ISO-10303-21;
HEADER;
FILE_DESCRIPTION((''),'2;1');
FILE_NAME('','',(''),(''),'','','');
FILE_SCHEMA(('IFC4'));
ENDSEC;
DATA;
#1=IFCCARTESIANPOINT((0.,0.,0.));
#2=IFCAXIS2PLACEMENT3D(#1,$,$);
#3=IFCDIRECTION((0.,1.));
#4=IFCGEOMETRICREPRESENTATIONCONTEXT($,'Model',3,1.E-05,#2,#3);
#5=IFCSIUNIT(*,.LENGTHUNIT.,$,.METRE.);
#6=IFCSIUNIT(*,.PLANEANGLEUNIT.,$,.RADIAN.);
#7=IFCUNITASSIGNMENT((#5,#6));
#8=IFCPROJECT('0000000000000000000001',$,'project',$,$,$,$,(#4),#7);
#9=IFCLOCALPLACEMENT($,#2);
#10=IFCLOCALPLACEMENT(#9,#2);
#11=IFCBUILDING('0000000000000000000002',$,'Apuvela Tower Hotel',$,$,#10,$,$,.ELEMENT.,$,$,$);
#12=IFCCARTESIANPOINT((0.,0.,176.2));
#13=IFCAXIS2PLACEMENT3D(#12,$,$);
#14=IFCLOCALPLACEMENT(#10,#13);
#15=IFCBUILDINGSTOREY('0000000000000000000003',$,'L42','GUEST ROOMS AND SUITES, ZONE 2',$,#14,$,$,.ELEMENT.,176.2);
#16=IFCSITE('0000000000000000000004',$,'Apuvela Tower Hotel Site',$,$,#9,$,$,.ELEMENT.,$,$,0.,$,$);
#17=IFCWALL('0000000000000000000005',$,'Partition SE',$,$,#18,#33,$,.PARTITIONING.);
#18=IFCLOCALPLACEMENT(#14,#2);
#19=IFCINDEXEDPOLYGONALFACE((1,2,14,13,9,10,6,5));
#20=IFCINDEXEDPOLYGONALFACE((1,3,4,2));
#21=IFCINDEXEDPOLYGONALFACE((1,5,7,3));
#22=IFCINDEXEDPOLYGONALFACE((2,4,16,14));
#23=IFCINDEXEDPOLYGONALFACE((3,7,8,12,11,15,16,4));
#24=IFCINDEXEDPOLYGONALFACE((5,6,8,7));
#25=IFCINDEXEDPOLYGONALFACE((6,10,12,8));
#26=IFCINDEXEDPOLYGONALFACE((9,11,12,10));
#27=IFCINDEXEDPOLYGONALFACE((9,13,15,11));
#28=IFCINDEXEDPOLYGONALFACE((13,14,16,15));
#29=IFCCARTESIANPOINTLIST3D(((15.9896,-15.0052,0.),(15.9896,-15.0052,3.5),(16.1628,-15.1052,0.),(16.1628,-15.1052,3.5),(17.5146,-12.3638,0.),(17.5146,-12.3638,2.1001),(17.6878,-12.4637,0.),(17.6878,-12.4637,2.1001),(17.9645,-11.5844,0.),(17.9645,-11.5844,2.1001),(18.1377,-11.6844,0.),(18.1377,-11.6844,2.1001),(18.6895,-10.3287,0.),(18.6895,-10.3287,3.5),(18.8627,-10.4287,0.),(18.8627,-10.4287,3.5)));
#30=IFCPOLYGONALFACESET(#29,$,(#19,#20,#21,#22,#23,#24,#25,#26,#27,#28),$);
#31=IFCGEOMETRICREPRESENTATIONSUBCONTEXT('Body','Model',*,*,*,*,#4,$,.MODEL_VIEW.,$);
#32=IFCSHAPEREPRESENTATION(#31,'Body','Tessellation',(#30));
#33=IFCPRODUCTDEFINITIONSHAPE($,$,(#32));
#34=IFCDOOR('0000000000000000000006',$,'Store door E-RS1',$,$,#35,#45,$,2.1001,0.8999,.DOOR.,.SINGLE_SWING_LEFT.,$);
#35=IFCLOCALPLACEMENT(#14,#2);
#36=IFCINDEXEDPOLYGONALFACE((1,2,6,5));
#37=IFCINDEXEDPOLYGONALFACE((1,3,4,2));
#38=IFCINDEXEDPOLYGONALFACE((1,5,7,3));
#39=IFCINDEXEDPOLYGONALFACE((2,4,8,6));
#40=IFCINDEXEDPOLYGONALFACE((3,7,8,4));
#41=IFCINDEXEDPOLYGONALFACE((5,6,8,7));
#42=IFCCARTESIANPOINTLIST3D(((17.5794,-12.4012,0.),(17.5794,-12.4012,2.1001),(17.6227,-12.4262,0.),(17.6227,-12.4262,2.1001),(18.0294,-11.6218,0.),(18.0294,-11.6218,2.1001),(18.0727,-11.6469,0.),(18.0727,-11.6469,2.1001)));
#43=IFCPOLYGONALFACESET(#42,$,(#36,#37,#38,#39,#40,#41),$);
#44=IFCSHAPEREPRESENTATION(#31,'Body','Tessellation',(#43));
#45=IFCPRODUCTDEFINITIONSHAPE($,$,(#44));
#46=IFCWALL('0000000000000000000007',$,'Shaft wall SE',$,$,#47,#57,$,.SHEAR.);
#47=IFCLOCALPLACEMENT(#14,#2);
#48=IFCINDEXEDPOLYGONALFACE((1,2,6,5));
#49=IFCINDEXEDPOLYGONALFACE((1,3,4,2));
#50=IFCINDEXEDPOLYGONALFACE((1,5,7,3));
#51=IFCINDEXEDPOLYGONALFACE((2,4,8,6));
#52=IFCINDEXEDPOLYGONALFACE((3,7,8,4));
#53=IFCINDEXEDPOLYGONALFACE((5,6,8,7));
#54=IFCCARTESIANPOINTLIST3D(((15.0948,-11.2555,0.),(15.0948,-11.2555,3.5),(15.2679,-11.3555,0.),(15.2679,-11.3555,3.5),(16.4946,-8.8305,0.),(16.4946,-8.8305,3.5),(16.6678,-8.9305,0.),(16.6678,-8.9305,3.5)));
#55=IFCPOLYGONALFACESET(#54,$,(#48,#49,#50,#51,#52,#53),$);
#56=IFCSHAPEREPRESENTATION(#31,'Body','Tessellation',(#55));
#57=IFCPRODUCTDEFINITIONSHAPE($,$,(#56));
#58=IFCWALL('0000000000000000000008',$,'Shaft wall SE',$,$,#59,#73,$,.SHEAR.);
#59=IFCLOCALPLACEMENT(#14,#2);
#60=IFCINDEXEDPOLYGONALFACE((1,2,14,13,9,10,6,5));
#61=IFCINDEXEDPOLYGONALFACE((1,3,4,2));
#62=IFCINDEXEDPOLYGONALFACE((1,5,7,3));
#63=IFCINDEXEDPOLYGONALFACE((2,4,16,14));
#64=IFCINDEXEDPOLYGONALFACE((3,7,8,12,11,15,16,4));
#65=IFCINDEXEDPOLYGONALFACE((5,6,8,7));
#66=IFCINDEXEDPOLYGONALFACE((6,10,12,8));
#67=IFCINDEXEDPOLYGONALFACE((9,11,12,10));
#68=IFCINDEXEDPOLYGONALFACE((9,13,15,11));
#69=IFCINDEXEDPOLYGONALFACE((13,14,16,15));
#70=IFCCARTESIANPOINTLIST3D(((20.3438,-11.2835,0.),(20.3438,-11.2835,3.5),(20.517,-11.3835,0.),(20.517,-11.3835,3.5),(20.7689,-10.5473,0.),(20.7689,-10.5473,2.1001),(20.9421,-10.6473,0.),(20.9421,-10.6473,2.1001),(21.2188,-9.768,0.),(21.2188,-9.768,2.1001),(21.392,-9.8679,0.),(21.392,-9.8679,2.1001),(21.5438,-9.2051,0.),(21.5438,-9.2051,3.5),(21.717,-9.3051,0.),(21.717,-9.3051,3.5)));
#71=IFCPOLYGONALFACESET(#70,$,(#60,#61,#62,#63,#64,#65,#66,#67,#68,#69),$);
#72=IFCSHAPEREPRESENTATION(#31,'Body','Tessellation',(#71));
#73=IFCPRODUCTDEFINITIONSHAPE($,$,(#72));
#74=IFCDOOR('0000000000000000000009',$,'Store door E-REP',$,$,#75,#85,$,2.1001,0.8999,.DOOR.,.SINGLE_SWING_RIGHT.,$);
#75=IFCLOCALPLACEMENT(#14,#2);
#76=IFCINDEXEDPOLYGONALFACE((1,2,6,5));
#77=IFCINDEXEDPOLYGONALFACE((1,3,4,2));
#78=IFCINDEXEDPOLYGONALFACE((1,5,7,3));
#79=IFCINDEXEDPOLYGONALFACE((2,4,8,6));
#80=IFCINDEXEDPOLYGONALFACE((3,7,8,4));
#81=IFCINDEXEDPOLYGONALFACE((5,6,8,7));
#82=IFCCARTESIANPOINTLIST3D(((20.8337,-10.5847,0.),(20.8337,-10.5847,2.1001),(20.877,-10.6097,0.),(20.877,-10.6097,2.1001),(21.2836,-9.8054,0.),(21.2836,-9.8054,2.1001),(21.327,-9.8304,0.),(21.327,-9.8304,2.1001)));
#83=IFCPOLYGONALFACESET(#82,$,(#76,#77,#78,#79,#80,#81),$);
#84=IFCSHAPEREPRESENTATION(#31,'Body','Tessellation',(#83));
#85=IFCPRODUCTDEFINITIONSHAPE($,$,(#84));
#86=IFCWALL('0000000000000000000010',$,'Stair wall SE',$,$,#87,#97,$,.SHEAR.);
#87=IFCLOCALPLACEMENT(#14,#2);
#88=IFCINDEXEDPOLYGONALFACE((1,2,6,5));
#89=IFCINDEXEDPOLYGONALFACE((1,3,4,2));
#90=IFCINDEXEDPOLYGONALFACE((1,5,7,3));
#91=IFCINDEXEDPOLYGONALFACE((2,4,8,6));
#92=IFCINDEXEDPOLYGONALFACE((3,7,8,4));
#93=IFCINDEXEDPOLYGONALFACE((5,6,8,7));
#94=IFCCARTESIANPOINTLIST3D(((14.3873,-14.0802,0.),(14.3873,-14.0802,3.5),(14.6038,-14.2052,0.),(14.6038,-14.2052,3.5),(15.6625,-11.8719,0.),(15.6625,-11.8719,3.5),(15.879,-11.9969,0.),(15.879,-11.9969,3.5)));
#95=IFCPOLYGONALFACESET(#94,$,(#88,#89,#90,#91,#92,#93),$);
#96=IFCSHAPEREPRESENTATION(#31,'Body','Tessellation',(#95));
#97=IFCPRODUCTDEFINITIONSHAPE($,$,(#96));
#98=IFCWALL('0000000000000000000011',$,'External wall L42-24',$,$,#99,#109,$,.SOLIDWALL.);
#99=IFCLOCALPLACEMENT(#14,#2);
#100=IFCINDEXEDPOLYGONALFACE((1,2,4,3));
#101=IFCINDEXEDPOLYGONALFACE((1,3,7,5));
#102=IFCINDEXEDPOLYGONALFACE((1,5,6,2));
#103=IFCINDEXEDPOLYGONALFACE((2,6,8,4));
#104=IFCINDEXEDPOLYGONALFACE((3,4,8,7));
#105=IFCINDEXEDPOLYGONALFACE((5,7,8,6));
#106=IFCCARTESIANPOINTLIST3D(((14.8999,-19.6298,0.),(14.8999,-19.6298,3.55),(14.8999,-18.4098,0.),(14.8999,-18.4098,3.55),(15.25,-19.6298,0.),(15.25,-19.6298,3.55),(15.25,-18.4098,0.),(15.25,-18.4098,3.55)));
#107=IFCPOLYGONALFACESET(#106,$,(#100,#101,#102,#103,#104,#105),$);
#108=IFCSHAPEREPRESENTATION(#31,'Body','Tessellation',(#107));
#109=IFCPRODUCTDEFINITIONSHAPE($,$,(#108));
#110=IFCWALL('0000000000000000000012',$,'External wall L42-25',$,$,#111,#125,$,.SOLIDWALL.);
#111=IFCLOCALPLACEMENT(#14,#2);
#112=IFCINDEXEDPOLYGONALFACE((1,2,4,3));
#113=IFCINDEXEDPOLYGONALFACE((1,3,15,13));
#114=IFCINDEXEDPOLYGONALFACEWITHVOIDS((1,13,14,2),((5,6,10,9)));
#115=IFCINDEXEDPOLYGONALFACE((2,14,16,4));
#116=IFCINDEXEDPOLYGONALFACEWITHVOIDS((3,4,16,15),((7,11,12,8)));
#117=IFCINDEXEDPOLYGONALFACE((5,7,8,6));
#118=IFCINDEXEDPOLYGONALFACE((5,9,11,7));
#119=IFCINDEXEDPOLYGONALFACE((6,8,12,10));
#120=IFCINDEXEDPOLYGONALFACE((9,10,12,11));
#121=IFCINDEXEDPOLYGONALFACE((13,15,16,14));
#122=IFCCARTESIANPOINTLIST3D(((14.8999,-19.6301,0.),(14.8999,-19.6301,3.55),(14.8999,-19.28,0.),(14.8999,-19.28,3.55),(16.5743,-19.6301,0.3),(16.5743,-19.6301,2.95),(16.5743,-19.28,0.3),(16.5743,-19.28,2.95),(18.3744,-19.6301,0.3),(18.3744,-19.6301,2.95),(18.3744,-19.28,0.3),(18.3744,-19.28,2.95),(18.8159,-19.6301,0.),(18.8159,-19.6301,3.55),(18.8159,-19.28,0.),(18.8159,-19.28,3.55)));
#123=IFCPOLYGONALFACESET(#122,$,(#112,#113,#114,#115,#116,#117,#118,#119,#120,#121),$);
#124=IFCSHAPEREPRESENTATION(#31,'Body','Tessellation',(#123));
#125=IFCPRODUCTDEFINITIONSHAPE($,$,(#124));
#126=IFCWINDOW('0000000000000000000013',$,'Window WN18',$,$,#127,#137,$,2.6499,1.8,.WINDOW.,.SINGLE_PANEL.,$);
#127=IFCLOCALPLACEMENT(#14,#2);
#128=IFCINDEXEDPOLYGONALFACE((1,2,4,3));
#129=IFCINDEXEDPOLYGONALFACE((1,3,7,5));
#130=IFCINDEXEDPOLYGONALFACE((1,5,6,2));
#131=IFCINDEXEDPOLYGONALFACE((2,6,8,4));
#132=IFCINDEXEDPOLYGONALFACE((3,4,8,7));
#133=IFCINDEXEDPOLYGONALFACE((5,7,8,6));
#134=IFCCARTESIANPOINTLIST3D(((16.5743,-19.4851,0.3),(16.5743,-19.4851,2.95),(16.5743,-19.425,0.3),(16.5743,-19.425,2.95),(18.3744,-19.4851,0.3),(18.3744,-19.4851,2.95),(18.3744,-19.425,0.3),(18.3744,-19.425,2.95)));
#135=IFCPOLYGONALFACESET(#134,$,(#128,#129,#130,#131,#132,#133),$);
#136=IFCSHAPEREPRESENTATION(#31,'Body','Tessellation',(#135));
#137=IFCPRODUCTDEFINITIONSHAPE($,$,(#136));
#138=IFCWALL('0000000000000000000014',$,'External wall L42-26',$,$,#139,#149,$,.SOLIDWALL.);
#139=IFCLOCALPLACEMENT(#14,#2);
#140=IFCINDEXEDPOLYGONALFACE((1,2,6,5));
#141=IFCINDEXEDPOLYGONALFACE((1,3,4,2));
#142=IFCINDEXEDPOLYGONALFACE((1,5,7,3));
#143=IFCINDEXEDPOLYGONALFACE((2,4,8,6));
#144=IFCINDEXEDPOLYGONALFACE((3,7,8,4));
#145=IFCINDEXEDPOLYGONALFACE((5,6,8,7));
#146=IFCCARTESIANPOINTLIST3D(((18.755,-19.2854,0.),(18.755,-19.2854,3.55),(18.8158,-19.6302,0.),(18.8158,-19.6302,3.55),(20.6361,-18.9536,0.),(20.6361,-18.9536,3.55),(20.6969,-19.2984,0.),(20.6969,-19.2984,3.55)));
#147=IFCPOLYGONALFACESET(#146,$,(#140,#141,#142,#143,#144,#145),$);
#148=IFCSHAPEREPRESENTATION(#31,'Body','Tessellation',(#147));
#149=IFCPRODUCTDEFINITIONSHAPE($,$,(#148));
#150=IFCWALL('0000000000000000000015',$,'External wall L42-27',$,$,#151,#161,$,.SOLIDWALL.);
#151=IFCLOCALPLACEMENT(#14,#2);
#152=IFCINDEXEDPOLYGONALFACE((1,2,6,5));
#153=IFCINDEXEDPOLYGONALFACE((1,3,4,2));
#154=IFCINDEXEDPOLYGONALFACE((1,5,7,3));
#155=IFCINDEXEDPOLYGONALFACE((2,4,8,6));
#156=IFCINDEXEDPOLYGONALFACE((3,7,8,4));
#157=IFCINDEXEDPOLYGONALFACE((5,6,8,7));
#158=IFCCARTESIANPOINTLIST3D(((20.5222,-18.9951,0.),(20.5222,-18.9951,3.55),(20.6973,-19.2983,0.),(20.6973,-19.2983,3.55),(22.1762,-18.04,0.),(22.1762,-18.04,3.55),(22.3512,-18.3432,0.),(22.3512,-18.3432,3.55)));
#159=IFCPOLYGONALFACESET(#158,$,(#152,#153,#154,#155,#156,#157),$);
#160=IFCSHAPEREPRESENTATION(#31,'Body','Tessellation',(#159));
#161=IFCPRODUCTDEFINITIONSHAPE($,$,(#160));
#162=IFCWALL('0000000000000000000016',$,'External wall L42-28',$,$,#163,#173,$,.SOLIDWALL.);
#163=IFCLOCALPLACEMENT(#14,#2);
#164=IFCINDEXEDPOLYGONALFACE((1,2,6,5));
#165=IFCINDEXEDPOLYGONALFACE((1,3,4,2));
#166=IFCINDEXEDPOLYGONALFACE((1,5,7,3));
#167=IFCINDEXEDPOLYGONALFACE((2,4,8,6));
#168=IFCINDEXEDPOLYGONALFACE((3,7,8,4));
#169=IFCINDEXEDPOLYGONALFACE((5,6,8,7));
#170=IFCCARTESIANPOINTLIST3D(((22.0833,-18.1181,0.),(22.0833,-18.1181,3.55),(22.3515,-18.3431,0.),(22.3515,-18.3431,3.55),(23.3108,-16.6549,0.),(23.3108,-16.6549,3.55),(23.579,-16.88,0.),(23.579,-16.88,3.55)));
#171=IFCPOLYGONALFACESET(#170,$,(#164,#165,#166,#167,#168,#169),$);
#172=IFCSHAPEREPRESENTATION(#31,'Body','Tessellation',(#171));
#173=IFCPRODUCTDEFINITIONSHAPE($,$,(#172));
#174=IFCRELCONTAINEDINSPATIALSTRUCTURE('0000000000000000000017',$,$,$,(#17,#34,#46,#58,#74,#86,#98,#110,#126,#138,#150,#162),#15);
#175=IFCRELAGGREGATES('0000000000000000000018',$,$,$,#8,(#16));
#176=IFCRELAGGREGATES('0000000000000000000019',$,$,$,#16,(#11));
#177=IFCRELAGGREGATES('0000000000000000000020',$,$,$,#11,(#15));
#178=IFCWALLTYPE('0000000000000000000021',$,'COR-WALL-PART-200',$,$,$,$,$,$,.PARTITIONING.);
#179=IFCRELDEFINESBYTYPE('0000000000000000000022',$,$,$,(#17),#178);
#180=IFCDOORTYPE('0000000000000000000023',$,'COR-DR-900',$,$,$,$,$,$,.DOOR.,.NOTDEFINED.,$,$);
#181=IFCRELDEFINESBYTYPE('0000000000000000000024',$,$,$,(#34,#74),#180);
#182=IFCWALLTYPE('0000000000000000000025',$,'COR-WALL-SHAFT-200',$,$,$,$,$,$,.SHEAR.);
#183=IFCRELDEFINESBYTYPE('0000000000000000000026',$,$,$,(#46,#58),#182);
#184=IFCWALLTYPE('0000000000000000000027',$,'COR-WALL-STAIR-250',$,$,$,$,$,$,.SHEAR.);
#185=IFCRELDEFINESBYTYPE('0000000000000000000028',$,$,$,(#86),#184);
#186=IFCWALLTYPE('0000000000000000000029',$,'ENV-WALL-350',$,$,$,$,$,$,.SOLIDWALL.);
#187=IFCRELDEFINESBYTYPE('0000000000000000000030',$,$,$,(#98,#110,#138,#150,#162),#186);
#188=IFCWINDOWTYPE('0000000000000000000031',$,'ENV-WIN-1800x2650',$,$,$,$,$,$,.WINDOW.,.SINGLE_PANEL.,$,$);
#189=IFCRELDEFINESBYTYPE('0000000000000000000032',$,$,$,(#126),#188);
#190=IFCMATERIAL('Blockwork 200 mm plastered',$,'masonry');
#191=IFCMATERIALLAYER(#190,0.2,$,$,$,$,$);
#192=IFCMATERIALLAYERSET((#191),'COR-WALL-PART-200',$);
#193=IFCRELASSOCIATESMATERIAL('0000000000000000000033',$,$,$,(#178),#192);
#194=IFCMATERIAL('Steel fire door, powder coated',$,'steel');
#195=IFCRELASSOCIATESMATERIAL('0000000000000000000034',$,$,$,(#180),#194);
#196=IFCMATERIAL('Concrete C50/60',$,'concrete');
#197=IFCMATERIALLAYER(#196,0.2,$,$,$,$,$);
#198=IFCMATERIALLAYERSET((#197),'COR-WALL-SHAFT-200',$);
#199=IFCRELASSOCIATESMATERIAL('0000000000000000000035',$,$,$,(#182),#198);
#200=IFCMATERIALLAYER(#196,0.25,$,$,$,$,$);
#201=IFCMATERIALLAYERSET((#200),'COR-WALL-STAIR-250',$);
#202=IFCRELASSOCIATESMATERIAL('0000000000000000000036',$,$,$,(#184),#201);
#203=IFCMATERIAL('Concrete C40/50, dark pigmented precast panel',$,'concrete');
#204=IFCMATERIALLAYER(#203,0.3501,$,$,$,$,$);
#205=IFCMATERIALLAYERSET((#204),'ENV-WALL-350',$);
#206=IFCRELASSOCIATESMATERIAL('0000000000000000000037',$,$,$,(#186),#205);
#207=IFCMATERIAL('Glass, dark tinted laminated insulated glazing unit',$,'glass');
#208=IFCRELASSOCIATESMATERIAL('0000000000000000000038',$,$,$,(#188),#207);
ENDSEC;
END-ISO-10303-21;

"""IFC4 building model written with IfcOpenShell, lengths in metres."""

from ifc_helpers import new_model, si_unit, direction, frame, frame_2d, origin, place, context, subcontext, project, spatial, rectangle, extrude, material, layer, layer_set, type_object, element, fill, save


model = new_model("IFC4")

# Units and contexts
model_context = context("Model", 3, precision=1e-05, world=origin(), true_north=direction((0.0, 1.0)))
body_context = subcontext(model_context, "Body", "Model", "MODEL_VIEW")
ifc_project = project(units=[si_unit("LENGTHUNIT", "METRE"), si_unit("PLANEANGLEUNIT", "RADIAN")], contexts=[model_context])

# Site, building, storey
site_placement = place(None, origin())
site = spatial("IfcSite", under=ifc_project, at=site_placement, Name="Apuvela Tower Hotel Site", CompositionType="ELEMENT", RefElevation=0.0)
building_placement = place(site_placement, origin())
building = spatial("IfcBuilding", under=site, at=building_placement, Name="Apuvela Tower Hotel", CompositionType="ELEMENT")
storey_placement = place(building_placement, frame((0.0, 0.0, 176.2)))
storey = spatial("IfcBuildingStorey", under=building, at=storey_placement, Name="L42", Description="GUEST ROOMS AND SUITES, ZONE 2", CompositionType="ELEMENT", Elevation=176.2)

# Wall, opening, door
ifc_material_1 = material(Name="Blockwork 200 mm plastered", Category="masonry")
ifc_layer_1 = layer(ifc_material_1, 0.2)
ifc_layer_set_1 = layer_set([ifc_layer_1], Name="COR-WALL-PART-200")
wall_type_1 = type_object("IfcWallType", Name="COR-WALL-PART-200", PredefinedType="PARTITIONING", material=ifc_layer_set_1)
wall_1_placement = place(storey_placement, frame((16.0762, -15.0552, 0.0), z_axis=(0.0, 0.0, 1.0), x_axis=(0.499995, 0.866028, 0.0)))
wall_1 = element("IfcWall", 1, at=wall_1_placement, inside=storey, type_object=wall_type_1, Name="Partition SE", PredefinedType="PARTITIONING", context=body_context, shape_type="SweptSolid", body=[
    extrude(rectangle(XDim=5.3999, YDim=0.2, at=frame_2d((2.7, 0.0))), origin(), (0.0, 0.0, 1.0), 3.5),
])
opening_1_placement = place(wall_1_placement, frame((3.05, 0.0, 0.0)))
opening_1 = element("IfcOpeningElement", 2, at=opening_1_placement, cuts=wall_1, PredefinedType="OPENING", context=body_context, shape_type="SweptSolid", body=[
    extrude(rectangle(XDim=0.8999, YDim=2.1001, at=frame_2d((0.45, 1.05))), frame((0.0, 0.1099, 0.0), z_axis=(0.0, -1.0, 0.0), x_axis=(1.0, 0.0, 0.0)), (0.0, 0.0, 1.0), 0.22),
])
ifc_material_2 = material(Name="Steel fire door, powder coated", Category="steel")
door_type_1 = type_object("IfcDoorType", Name="COR-DR-900", OperationType="NOTDEFINED", PredefinedType="DOOR", material=ifc_material_2)
door_1_placement = place(opening_1_placement, frame((0.8999, 0.0, 0.0), z_axis=(0.0, 0.0, 1.0), x_axis=(-1.0, 0.0, 0.0)))
door_1 = element("IfcDoor", 3, at=door_1_placement, inside=storey, type_object=door_type_1, Name="Store door E-RS1", OperationType="SINGLE_SWING_LEFT", OverallHeight=2.1001, OverallWidth=0.8999, PredefinedType="DOOR", context=body_context, shape_type="SweptSolid", body=[
    extrude(rectangle(XDim=0.8999, YDim=2.1001, at=frame_2d((0.45, 1.05))), frame((0.0, 0.0249, 0.0), z_axis=(0.0, -1.0, 0.0), x_axis=(1.0, 0.0, 0.0)), (0.0, 0.0, 1.0), 0.05),
])
fill(opening_1, door_1)

# Wall
ifc_material_3 = material(Name="Concrete C50/60", Category="concrete")
ifc_layer_2 = layer(ifc_material_3, 0.2)
ifc_layer_set_2 = layer_set([ifc_layer_2], Name="COR-WALL-SHAFT-200")
wall_type_2 = type_object("IfcWallType", Name="COR-WALL-SHAFT-200", PredefinedType="SHEAR", material=ifc_layer_set_2)
wall_2_placement = place(storey_placement, frame((15.1814, -11.3054, 0.0), z_axis=(0.0, 0.0, 1.0), x_axis=(0.499946, 0.866056, 0.0)))
element("IfcWall", 4, at=wall_2_placement, inside=storey, type_object=wall_type_2, Name="Shaft wall SE", PredefinedType="SHEAR", context=body_context, shape_type="SweptSolid", body=[
    extrude(rectangle(XDim=2.8, YDim=0.2, at=frame_2d((1.3999, 0.0))), origin(), (0.0, 0.0, 1.0), 3.5),
])

# Wall, opening, door
wall_3_placement = place(storey_placement, frame((20.4304, -11.3335, 0.0), z_axis=(0.0, 0.0, 1.0), x_axis=(0.500001, 0.866025, 0.0)))
wall_3 = element("IfcWall", 5, at=wall_3_placement, inside=storey, type_object=wall_type_2, Name="Shaft wall SE", PredefinedType="SHEAR", context=body_context, shape_type="SweptSolid", body=[
    extrude(rectangle(XDim=2.3999, YDim=0.2, at=frame_2d((1.2, 0.0))), origin(), (0.0, 0.0, 1.0), 3.5),
])
opening_2_placement = place(wall_3_placement, frame((0.8501, 0.0, 0.0)))
opening_2 = element("IfcOpeningElement", 6, at=opening_2_placement, cuts=wall_3, PredefinedType="OPENING", context=body_context, shape_type="SweptSolid", body=[
    extrude(rectangle(XDim=0.8999, YDim=2.1001, at=frame_2d((0.45, 1.05))), frame((0.0, 0.1099, 0.0), z_axis=(0.0, -1.0, 0.0), x_axis=(1.0, 0.0, 0.0)), (0.0, 0.0, 1.0), 0.22),
])
door_2_placement = place(opening_2_placement, frame((0.8999, 0.0, 0.0), z_axis=(0.0, 0.0, 1.0), x_axis=(-1.0, 0.0, 0.0)))
door_2 = element("IfcDoor", 7, at=door_2_placement, inside=storey, type_object=door_type_1, Name="Store door E-REP", OperationType="SINGLE_SWING_RIGHT", OverallHeight=2.1001, OverallWidth=0.8999, PredefinedType="DOOR", context=body_context, shape_type="SweptSolid", body=[
    extrude(rectangle(XDim=0.8999, YDim=2.1001, at=frame_2d((0.45, 1.05))), frame((0.0, 0.0249, 0.0), z_axis=(0.0, -1.0, 0.0), x_axis=(1.0, 0.0, 0.0)), (0.0, 0.0, 1.0), 0.05),
])
fill(opening_2, door_2)

# Walls
ifc_layer_3 = layer(ifc_material_3, 0.25)
ifc_layer_set_3 = layer_set([ifc_layer_3], Name="COR-WALL-STAIR-250")
wall_type_3 = type_object("IfcWallType", Name="COR-WALL-STAIR-250", PredefinedType="SHEAR", material=ifc_layer_set_3)
wall_4_placement = place(storey_placement, frame((14.4956, -14.1426, 0.0), z_axis=(0.0, 0.0, 1.0), x_axis=(0.500062, 0.865989, 0.0)))
element("IfcWall", 8, at=wall_4_placement, inside=storey, type_object=wall_type_3, Name="Stair wall SE", PredefinedType="SHEAR", context=body_context, shape_type="SweptSolid", body=[
    extrude(rectangle(XDim=2.55, YDim=0.25, at=frame_2d((1.2749, 0.0))), origin(), (0.0, 0.0, 1.0), 3.5),
])
ifc_material_4 = material(Name="Concrete C40/50, dark pigmented precast panel", Category="concrete")
ifc_layer_4 = layer(ifc_material_4, 0.3501)
ifc_layer_set_4 = layer_set([ifc_layer_4], Name="ENV-WALL-350")
wall_type_4 = type_object("IfcWallType", Name="ENV-WALL-350", PredefinedType="SOLIDWALL", material=ifc_layer_set_4)
wall_5_placement = place(storey_placement, frame((15.075, -18.4099, 0.0), z_axis=(0.0, 0.0, 1.0), x_axis=(0.0, -1.0, 0.0)))
element("IfcWall", 9, at=wall_5_placement, inside=storey, type_object=wall_type_4, Name="External wall L42-24", PredefinedType="SOLIDWALL", context=body_context, shape_type="SweptSolid", body=[
    extrude(rectangle(XDim=1.22, YDim=0.3501, at=frame_2d((0.6099, 0.0))), origin(), (0.0, 0.0, 1.0), 3.55),
])

# Wall, opening, window
wall_6_placement = place(storey_placement, frame((14.8999, -19.4551, 0.0), z_axis=(0.0, 0.0, 1.0), x_axis=(1.0, 0.0, 0.0)))
wall_6 = element("IfcWall", 10, at=wall_6_placement, inside=storey, type_object=wall_type_4, Name="External wall L42-25", PredefinedType="SOLIDWALL", context=body_context, shape_type="SweptSolid", body=[
    extrude(rectangle(XDim=3.916, YDim=0.3501, at=frame_2d((1.958, 0.0))), origin(), (0.0, 0.0, 1.0), 3.55),
])
opening_3_placement = place(wall_6_placement, frame((1.6746, 0.0, 0.3)))
opening_3 = element("IfcOpeningElement", 11, at=opening_3_placement, cuts=wall_6, PredefinedType="OPENING", context=body_context, shape_type="SweptSolid", body=[
    extrude(rectangle(XDim=1.8, YDim=2.6499, at=frame_2d((0.8999, 1.325))), frame((0.0, 0.1851, 0.0), z_axis=(0.0, -1.0, 0.0), x_axis=(1.0, 0.0, 0.0)), (0.0, 0.0, 1.0), 0.3701),
])
ifc_material_5 = material(Name="Glass, dark tinted laminated insulated glazing unit", Category="glass")
window_type = type_object("IfcWindowType", Name="ENV-WIN-1800x2650", PartitioningType="SINGLE_PANEL", PredefinedType="WINDOW", material=ifc_material_5)
window_placement = place(opening_3_placement, origin())
window = element("IfcWindow", 12, at=window_placement, inside=storey, type_object=window_type, Name="Window WN18", OverallHeight=2.6499, OverallWidth=1.8, PartitioningType="SINGLE_PANEL", PredefinedType="WINDOW", context=body_context, shape_type="SweptSolid", body=[
    extrude(rectangle(XDim=1.8, YDim=2.6499, at=frame_2d((0.8999, 1.325))), frame((0.0, 0.03, 0.0), z_axis=(0.0, -1.0, 0.0), x_axis=(1.0, 0.0, 0.0)), (0.0, 0.0, 1.0), 0.0601),
])
fill(opening_3, window)

# Walls
wall_7_placement = place(storey_placement, frame((18.7854, -19.4578, 0.0), z_axis=(0.0, 0.0, 1.0), x_axis=(0.984799, 0.173698, 0.0)))
element("IfcWall", 13, at=wall_7_placement, inside=storey, type_object=wall_type_4, Name="External wall L42-26", PredefinedType="SOLIDWALL", context=body_context, shape_type="SweptSolid", body=[
    extrude(rectangle(XDim=1.9102, YDim=0.3501, at=frame_2d((0.9551, 0.0))), origin(), (0.0, 0.0, 1.0), 3.55),
])
for number, where, z_axis, x_axis, name in (
    (14, (20.6096, -19.1467, 0.0), (0.0, 0.0, 1.0), (0.866, 0.500043, 0.0), "External wall L42-27"),
    (15, (22.2173, -18.2307, 0.0), (0.0, 0.0, 1.0), (0.642733, 0.76609, 0.0), "External wall L42-28"),
):
    element("IfcWall", number, at=place(storey_placement, frame(where, z_axis=z_axis, x_axis=x_axis)), inside=storey, type_object=wall_type_4, Name=name, PredefinedType="SOLIDWALL", context=body_context, shape_type="SweptSolid", body=[
        extrude(rectangle(XDim=1.9099, YDim=0.3501, at=frame_2d((0.9551, 0.0))), origin(), (0.0, 0.0, 1.0), 3.55),
    ])

save(model, "model.ifc")
